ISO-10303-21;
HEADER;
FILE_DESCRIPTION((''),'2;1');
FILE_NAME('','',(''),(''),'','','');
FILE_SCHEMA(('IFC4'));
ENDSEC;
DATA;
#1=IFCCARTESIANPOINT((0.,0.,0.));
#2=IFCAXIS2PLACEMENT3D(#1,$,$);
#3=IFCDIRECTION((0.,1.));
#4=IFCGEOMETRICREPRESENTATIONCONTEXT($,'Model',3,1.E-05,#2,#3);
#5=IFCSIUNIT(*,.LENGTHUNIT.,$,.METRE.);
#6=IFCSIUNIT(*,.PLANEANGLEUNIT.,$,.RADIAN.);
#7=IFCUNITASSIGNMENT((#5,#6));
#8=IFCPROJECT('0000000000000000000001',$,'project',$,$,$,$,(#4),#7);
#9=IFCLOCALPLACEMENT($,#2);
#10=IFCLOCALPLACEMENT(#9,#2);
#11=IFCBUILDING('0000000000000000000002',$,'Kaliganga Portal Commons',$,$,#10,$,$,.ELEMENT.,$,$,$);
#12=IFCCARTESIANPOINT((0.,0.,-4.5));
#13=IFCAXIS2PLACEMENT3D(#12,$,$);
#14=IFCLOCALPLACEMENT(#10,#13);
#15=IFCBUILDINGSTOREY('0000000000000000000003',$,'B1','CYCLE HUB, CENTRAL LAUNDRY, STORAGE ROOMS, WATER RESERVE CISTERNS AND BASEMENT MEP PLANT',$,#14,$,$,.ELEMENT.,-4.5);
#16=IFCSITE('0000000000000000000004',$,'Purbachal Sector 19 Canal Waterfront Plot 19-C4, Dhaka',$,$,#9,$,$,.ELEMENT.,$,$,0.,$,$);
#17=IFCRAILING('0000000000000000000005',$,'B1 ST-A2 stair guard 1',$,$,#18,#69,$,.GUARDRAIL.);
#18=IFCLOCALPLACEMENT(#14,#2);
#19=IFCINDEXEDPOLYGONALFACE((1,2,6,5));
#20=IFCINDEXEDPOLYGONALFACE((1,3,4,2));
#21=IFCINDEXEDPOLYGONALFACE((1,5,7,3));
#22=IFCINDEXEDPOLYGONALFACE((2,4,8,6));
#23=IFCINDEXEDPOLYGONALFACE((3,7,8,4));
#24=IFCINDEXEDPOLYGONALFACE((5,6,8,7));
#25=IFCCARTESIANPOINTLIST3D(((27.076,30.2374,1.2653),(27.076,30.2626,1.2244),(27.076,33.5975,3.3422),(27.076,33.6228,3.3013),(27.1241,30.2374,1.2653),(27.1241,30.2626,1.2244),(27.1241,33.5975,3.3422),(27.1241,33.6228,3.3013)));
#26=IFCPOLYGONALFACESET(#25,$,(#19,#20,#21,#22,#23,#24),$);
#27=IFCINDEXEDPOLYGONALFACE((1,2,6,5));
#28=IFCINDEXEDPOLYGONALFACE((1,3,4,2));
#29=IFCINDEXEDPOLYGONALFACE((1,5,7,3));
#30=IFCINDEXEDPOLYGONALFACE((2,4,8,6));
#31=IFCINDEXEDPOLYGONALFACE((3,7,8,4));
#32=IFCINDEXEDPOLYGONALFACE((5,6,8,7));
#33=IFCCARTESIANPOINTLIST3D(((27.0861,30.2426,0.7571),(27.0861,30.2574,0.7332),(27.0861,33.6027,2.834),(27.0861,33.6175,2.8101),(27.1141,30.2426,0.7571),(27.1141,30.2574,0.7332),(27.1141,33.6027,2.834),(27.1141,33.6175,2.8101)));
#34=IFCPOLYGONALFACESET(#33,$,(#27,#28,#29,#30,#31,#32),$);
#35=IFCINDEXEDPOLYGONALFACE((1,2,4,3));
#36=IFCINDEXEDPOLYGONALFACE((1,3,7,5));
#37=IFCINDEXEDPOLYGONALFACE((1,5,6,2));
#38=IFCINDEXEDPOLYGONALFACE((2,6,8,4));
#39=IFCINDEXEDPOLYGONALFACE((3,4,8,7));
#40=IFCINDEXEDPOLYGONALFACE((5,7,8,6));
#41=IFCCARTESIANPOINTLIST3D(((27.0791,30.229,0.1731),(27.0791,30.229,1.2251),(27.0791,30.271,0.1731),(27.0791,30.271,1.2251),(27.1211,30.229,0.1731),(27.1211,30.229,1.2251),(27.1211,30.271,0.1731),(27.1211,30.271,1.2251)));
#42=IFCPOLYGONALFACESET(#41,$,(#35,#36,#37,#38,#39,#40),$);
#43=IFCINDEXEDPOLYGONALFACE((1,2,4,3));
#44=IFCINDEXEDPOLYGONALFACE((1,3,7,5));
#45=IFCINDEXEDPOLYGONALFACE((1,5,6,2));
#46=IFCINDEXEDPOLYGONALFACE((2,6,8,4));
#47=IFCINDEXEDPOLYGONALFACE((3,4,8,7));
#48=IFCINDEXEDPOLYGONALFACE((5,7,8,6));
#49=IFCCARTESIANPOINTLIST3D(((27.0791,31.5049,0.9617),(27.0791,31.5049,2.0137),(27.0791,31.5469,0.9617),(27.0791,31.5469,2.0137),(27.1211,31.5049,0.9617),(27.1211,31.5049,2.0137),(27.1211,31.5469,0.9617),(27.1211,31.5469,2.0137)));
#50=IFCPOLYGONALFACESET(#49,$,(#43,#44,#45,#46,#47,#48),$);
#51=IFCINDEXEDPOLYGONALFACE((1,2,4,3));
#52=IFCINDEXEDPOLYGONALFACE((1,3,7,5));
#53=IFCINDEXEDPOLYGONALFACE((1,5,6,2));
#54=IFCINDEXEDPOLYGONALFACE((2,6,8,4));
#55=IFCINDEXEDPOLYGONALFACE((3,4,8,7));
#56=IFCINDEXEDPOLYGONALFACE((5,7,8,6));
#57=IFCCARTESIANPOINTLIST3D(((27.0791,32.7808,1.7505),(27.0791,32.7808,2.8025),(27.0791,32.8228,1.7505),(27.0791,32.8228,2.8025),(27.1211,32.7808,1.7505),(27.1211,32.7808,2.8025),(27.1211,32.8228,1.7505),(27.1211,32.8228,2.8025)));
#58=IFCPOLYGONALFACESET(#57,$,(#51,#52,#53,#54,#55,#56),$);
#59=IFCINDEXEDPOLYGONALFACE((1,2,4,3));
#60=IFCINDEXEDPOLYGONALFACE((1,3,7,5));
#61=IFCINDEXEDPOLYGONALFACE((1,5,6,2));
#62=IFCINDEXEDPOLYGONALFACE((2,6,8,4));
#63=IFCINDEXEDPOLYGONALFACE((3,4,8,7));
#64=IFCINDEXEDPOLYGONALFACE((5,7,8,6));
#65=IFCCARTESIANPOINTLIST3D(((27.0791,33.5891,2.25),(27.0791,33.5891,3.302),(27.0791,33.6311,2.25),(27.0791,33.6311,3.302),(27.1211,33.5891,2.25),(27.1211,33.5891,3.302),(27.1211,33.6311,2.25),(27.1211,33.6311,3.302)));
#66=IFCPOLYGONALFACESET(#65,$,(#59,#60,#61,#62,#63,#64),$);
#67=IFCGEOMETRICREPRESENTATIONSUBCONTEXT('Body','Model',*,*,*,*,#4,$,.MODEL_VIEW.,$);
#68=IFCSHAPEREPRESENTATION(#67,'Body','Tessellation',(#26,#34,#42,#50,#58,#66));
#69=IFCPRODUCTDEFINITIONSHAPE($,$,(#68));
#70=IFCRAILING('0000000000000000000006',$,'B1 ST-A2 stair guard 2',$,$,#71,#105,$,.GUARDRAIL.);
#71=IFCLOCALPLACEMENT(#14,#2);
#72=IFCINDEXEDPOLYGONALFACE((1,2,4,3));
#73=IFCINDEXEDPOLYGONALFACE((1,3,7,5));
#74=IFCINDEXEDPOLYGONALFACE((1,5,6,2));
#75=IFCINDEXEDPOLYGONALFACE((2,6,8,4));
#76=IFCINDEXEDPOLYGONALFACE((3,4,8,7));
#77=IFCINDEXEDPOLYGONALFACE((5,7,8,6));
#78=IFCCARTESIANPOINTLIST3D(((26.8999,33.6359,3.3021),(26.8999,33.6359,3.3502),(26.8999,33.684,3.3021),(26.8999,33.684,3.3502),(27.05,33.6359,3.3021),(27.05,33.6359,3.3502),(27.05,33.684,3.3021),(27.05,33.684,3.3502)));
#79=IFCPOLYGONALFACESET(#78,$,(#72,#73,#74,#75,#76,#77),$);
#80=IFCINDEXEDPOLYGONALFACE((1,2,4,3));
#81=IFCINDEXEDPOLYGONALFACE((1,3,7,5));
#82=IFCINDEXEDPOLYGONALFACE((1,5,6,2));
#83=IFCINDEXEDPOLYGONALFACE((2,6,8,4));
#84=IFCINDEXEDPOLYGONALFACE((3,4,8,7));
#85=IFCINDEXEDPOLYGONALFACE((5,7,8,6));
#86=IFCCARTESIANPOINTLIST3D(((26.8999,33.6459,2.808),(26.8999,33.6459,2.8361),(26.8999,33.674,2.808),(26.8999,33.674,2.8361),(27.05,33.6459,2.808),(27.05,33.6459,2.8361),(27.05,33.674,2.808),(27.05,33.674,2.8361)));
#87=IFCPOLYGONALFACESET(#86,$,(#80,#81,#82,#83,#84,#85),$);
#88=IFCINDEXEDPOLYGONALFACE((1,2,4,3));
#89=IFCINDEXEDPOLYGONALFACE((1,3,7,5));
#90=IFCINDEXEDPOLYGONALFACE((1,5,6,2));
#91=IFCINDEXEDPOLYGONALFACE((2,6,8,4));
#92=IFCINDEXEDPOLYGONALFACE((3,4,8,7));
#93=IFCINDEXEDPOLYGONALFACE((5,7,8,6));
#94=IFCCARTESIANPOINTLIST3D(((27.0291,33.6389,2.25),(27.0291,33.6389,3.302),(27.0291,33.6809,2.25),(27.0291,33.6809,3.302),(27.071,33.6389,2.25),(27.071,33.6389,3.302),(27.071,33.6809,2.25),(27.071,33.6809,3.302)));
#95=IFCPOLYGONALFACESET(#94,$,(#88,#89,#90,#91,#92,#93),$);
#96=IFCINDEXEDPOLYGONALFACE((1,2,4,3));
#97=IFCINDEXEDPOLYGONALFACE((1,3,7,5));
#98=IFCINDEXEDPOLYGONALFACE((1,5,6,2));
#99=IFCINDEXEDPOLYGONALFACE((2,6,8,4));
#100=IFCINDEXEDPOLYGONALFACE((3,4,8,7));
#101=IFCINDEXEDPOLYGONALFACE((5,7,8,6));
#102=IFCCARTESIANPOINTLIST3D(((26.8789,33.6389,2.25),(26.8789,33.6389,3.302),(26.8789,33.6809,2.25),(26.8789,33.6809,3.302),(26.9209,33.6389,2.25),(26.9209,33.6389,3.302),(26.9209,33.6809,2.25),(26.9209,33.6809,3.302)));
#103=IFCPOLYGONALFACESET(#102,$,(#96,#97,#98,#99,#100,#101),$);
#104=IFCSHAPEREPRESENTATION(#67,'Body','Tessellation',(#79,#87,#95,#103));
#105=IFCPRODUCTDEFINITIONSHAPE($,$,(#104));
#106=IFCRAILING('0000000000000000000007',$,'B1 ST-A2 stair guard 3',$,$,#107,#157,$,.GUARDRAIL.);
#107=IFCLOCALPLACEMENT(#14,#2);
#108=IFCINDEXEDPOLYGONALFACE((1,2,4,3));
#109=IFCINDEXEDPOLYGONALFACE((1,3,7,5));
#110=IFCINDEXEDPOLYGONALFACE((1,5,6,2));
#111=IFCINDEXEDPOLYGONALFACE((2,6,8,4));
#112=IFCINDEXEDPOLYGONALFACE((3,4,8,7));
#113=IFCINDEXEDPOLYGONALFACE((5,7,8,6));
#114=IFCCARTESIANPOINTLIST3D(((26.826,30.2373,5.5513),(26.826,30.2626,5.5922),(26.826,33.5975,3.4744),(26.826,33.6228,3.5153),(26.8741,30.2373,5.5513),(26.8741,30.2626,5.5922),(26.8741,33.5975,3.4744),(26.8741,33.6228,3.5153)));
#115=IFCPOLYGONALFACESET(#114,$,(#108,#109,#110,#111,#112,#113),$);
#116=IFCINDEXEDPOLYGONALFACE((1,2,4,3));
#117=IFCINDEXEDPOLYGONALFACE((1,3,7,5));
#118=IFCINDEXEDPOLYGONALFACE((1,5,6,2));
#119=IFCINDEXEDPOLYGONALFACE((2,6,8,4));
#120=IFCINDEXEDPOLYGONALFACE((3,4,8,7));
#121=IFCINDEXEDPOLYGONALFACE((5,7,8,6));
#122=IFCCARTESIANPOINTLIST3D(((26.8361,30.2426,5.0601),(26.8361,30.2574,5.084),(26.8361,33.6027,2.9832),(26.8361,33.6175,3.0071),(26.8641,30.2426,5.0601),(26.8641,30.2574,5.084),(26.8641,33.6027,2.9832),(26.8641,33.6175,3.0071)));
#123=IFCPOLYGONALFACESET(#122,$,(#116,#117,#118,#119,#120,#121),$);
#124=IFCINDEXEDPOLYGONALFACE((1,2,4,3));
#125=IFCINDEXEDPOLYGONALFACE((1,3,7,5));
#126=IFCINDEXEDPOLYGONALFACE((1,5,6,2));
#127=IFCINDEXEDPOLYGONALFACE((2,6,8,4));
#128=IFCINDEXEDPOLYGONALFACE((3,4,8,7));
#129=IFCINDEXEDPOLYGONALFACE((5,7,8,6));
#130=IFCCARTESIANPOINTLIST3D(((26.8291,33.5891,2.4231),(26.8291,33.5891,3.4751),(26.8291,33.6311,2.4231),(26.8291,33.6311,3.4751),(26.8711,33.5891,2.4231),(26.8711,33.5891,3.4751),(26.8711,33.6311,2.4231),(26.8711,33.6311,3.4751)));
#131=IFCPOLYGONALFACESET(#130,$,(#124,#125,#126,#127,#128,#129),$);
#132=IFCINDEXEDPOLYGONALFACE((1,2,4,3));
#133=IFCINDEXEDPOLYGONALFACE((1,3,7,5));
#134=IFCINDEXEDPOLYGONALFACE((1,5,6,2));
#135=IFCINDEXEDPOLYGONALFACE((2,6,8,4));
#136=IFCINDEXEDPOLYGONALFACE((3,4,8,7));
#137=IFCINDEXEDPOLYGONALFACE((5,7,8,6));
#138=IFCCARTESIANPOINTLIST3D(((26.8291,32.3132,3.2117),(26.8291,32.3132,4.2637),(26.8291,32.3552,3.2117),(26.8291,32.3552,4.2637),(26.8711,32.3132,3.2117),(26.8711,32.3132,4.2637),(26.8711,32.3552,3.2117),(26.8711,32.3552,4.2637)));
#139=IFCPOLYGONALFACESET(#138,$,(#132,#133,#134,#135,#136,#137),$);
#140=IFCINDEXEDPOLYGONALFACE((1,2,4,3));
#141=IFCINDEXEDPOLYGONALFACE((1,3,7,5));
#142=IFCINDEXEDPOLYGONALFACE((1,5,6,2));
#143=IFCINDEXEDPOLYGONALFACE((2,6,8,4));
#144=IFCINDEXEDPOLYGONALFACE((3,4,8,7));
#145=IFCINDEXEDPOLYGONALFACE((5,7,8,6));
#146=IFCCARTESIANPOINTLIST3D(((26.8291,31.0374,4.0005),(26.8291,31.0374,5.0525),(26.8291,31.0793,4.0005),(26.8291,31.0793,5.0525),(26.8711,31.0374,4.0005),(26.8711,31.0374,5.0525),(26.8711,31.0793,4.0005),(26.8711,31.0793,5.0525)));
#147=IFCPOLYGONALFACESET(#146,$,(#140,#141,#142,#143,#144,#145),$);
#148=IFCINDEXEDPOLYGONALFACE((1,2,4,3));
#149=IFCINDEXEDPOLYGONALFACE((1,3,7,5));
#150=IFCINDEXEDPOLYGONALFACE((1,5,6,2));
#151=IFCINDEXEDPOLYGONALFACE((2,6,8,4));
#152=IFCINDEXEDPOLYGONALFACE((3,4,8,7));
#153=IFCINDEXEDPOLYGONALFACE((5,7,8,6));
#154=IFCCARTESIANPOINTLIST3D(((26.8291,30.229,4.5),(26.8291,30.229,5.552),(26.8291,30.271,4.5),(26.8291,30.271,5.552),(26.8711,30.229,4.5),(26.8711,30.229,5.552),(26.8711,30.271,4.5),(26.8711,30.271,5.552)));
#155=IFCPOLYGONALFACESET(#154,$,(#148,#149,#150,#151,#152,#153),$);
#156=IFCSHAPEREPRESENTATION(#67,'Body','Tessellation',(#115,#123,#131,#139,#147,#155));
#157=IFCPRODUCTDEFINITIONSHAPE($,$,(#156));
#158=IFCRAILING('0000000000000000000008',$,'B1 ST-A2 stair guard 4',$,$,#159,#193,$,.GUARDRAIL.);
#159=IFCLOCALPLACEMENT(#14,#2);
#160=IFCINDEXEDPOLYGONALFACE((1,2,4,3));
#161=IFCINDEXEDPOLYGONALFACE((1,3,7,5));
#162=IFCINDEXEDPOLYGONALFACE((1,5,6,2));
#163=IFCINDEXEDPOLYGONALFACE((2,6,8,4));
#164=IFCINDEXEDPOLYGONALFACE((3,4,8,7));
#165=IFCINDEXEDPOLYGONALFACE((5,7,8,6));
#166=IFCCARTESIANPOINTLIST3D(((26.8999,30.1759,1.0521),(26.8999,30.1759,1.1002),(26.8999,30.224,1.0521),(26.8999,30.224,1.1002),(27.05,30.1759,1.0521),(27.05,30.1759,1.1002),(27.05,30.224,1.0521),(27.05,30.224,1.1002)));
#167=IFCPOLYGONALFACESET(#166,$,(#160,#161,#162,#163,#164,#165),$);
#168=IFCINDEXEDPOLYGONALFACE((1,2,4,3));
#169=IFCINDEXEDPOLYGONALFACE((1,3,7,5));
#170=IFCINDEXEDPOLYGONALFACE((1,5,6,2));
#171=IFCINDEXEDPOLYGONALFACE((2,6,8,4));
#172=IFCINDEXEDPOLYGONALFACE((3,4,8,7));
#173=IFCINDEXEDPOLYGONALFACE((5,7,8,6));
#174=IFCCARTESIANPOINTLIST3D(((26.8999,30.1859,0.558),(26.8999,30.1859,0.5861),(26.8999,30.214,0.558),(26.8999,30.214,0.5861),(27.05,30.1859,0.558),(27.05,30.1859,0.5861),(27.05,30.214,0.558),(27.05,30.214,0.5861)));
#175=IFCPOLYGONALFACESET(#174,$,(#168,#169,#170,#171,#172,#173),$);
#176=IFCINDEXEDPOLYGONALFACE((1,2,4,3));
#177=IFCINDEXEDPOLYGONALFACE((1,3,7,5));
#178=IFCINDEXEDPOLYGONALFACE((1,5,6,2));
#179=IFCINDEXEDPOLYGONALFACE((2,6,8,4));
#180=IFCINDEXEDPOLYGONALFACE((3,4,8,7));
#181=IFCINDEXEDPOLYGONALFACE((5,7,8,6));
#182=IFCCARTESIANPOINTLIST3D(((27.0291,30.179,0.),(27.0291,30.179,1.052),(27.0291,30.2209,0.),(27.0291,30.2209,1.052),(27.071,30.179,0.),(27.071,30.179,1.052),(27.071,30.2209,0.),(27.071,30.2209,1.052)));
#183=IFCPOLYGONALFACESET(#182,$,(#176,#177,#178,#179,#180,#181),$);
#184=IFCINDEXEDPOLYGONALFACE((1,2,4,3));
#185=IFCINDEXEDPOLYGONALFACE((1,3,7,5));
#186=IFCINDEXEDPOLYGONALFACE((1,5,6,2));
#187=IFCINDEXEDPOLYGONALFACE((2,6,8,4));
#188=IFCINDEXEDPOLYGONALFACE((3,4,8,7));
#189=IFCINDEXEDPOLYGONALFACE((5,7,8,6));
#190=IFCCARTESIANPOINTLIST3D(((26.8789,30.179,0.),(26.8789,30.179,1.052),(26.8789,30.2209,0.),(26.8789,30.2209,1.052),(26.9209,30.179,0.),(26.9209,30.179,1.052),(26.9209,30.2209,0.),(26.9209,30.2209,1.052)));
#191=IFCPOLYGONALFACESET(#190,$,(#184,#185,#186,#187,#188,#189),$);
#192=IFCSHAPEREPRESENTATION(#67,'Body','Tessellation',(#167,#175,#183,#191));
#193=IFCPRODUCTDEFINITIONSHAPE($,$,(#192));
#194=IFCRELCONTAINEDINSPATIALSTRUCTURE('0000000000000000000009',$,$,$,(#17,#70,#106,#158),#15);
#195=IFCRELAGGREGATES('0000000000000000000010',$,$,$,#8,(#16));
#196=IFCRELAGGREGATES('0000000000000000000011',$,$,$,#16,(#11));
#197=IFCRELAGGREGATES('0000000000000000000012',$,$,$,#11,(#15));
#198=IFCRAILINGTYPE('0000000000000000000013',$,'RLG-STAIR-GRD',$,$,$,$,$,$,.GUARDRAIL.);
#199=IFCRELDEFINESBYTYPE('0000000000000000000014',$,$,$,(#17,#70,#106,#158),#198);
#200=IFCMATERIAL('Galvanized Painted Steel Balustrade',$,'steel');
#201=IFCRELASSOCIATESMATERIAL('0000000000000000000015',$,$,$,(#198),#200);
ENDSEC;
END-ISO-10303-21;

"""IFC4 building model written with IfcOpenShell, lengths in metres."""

from ifc_helpers import new_model, si_unit, direction, frame, origin, origin_2d, place, context, subcontext, project, spatial, rectangle, extrude, material, type_object, element, save


model = new_model("IFC4")

# Units and contexts
model_context = context("Model", 3, precision=1e-05, world=origin(), true_north=direction((0.0, 1.0)))
body_context = subcontext(model_context, "Body", "Model", "MODEL_VIEW")
ifc_project = project(units=[si_unit("LENGTHUNIT", "METRE"), si_unit("PLANEANGLEUNIT", "RADIAN")], contexts=[model_context])

# Site, building, storey
site_placement = place(None, origin())
site = spatial("IfcSite", under=ifc_project, at=site_placement, Name="Purbachal Sector 19 Canal Waterfront Plot 19-C4, Dhaka", CompositionType="ELEMENT", RefElevation=0.0)
building_placement = place(site_placement, origin())
building = spatial("IfcBuilding", under=site, at=building_placement, Name="Kaliganga Portal Commons", CompositionType="ELEMENT")
storey_placement = place(building_placement, frame((0.0, 0.0, -4.5)))
storey = spatial("IfcBuildingStorey", under=building, at=storey_placement, Name="B1", Description="CYCLE HUB, CENTRAL LAUNDRY, STORAGE ROOMS, WATER RESERVE CISTERNS AND BASEMENT MEP PLANT", CompositionType="ELEMENT", Elevation=-4.5)

# Railings
ifc_material_1 = material(Name="Galvanized Painted Steel Balustrade", Category="steel")
railing_type_1 = type_object("IfcRailingType", Name="RLG-STAIR-GRD", PredefinedType="GUARDRAIL", material=ifc_material_1)
railing_1_placement = place(storey_placement, frame((27.1001, 30.25, 0.1731)))
element("IfcRailing", 1, at=railing_1_placement, inside=storey, type_object=railing_type_1, Name="B1 ST-A2 stair guard 1", PredefinedType="GUARDRAIL", context=body_context, shape_type="SweptSolid", body=[
    extrude(rectangle(XDim=0.0481, YDim=0.0481, at=origin_2d()), frame((0.0, 0.0, 1.0718), z_axis=(0.0, 0.850623, 0.525776), x_axis=(-1.0, 0.0, 0.0)), (0.0, 0.0, 1.0), 3.9502),
    extrude(rectangle(XDim=0.0281, YDim=0.0281, at=origin_2d()), frame((0.0, 0.0, 0.572), z_axis=(0.0, 0.850623, 0.525776), x_axis=(-1.0, 0.0, 0.0)), (0.0, 0.0, 1.0), 3.9502),
    extrude(rectangle(XDim=0.042, YDim=0.042, at=origin_2d()), origin(), (0.0, 0.0, 1.0), 1.052),
    extrude(rectangle(XDim=0.042, YDim=0.042, at=origin_2d()), frame((0.0, 1.2759, 0.7886)), (0.0, 0.0, 1.0), 1.052),
    extrude(rectangle(XDim=0.042, YDim=0.042, at=origin_2d()), frame((0.0, 2.5518, 1.5774)), (0.0, 0.0, 1.0), 1.052),
    extrude(rectangle(XDim=0.042, YDim=0.042, at=origin_2d()), frame((0.0, 3.3601, 2.0769)), (0.0, 0.0, 1.0), 1.052),
])
railing_2_placement = place(storey_placement, frame((27.05, 33.6599, 2.25)))
element("IfcRailing", 2, at=railing_2_placement, inside=storey, type_object=railing_type_1, Name="B1 ST-A2 stair guard 2", PredefinedType="GUARDRAIL", context=body_context, shape_type="SweptSolid", body=[
    extrude(rectangle(XDim=0.0481, YDim=0.0481, at=origin_2d()), frame((0.0, 0.0, 1.0762), z_axis=(-1.0, 0.0, 0.0), x_axis=(0.0, -1.0, 0.0)), (0.0, 0.0, 1.0), 0.1501),
    extrude(rectangle(XDim=0.0281, YDim=0.0281, at=origin_2d()), frame((0.0, 0.0, 0.572), z_axis=(-1.0, 0.0, 0.0), x_axis=(0.0, -1.0, 0.0)), (0.0, 0.0, 1.0), 0.1501),
    extrude(rectangle(XDim=0.042, YDim=0.042, at=origin_2d()), origin(), (0.0, 0.0, 1.0), 1.052),
    extrude(rectangle(XDim=0.042, YDim=0.042, at=origin_2d()), frame((-0.1501, 0.0, 0.0)), (0.0, 0.0, 1.0), 1.052),
])
railing_3_placement = place(storey_placement, frame((26.8501, 33.6101, 2.4231)))
element("IfcRailing", 3, at=railing_3_placement, inside=storey, type_object=railing_type_1, Name="B1 ST-A2 stair guard 3", PredefinedType="GUARDRAIL", context=body_context, shape_type="SweptSolid", body=[
    extrude(rectangle(XDim=0.0481, YDim=0.0481, at=origin_2d()), frame((0.0, 0.0, 1.0718), z_axis=(0.0, -0.850623, 0.525776), x_axis=(1.0, 0.0, 0.0)), (0.0, 0.0, 1.0), 3.9502),
    extrude(rectangle(XDim=0.0281, YDim=0.0281, at=origin_2d()), frame((0.0, 0.0, 0.572), z_axis=(0.0, -0.850623, 0.525776), x_axis=(1.0, 0.0, 0.0)), (0.0, 0.0, 1.0), 3.9502),
    extrude(rectangle(XDim=0.042, YDim=0.042, at=origin_2d()), origin(), (0.0, 0.0, 1.0), 1.052),
    extrude(rectangle(XDim=0.042, YDim=0.042, at=origin_2d()), frame((0.0, -1.2759, 0.7886)), (0.0, 0.0, 1.0), 1.052),
    extrude(rectangle(XDim=0.042, YDim=0.042, at=origin_2d()), frame((0.0, -2.5518, 1.5774)), (0.0, 0.0, 1.0), 1.052),
    extrude(rectangle(XDim=0.042, YDim=0.042, at=origin_2d()), frame((0.0, -3.3601, 2.0769)), (0.0, 0.0, 1.0), 1.052),
])
railing_4_placement = place(storey_placement, frame((27.05, 30.2, 0.0)))
element("IfcRailing", 4, at=railing_4_placement, inside=storey, type_object=railing_type_1, Name="B1 ST-A2 stair guard 4", PredefinedType="GUARDRAIL", context=body_context, shape_type="SweptSolid", body=[
    extrude(rectangle(XDim=0.0481, YDim=0.0481, at=origin_2d()), frame((0.0, 0.0, 1.0762), z_axis=(-1.0, 0.0, 0.0), x_axis=(0.0, -1.0, 0.0)), (0.0, 0.0, 1.0), 0.1501),
    extrude(rectangle(XDim=0.0281, YDim=0.0281, at=origin_2d()), frame((0.0, 0.0, 0.572), z_axis=(-1.0, 0.0, 0.0), x_axis=(0.0, -1.0, 0.0)), (0.0, 0.0, 1.0), 0.1501),
    extrude(rectangle(XDim=0.042, YDim=0.042, at=origin_2d()), origin(), (0.0, 0.0, 1.0), 1.052),
    extrude(rectangle(XDim=0.042, YDim=0.042, at=origin_2d()), frame((-0.1501, 0.0, 0.0)), (0.0, 0.0, 1.0), 1.052),
])

save(model, "model.ifc")
